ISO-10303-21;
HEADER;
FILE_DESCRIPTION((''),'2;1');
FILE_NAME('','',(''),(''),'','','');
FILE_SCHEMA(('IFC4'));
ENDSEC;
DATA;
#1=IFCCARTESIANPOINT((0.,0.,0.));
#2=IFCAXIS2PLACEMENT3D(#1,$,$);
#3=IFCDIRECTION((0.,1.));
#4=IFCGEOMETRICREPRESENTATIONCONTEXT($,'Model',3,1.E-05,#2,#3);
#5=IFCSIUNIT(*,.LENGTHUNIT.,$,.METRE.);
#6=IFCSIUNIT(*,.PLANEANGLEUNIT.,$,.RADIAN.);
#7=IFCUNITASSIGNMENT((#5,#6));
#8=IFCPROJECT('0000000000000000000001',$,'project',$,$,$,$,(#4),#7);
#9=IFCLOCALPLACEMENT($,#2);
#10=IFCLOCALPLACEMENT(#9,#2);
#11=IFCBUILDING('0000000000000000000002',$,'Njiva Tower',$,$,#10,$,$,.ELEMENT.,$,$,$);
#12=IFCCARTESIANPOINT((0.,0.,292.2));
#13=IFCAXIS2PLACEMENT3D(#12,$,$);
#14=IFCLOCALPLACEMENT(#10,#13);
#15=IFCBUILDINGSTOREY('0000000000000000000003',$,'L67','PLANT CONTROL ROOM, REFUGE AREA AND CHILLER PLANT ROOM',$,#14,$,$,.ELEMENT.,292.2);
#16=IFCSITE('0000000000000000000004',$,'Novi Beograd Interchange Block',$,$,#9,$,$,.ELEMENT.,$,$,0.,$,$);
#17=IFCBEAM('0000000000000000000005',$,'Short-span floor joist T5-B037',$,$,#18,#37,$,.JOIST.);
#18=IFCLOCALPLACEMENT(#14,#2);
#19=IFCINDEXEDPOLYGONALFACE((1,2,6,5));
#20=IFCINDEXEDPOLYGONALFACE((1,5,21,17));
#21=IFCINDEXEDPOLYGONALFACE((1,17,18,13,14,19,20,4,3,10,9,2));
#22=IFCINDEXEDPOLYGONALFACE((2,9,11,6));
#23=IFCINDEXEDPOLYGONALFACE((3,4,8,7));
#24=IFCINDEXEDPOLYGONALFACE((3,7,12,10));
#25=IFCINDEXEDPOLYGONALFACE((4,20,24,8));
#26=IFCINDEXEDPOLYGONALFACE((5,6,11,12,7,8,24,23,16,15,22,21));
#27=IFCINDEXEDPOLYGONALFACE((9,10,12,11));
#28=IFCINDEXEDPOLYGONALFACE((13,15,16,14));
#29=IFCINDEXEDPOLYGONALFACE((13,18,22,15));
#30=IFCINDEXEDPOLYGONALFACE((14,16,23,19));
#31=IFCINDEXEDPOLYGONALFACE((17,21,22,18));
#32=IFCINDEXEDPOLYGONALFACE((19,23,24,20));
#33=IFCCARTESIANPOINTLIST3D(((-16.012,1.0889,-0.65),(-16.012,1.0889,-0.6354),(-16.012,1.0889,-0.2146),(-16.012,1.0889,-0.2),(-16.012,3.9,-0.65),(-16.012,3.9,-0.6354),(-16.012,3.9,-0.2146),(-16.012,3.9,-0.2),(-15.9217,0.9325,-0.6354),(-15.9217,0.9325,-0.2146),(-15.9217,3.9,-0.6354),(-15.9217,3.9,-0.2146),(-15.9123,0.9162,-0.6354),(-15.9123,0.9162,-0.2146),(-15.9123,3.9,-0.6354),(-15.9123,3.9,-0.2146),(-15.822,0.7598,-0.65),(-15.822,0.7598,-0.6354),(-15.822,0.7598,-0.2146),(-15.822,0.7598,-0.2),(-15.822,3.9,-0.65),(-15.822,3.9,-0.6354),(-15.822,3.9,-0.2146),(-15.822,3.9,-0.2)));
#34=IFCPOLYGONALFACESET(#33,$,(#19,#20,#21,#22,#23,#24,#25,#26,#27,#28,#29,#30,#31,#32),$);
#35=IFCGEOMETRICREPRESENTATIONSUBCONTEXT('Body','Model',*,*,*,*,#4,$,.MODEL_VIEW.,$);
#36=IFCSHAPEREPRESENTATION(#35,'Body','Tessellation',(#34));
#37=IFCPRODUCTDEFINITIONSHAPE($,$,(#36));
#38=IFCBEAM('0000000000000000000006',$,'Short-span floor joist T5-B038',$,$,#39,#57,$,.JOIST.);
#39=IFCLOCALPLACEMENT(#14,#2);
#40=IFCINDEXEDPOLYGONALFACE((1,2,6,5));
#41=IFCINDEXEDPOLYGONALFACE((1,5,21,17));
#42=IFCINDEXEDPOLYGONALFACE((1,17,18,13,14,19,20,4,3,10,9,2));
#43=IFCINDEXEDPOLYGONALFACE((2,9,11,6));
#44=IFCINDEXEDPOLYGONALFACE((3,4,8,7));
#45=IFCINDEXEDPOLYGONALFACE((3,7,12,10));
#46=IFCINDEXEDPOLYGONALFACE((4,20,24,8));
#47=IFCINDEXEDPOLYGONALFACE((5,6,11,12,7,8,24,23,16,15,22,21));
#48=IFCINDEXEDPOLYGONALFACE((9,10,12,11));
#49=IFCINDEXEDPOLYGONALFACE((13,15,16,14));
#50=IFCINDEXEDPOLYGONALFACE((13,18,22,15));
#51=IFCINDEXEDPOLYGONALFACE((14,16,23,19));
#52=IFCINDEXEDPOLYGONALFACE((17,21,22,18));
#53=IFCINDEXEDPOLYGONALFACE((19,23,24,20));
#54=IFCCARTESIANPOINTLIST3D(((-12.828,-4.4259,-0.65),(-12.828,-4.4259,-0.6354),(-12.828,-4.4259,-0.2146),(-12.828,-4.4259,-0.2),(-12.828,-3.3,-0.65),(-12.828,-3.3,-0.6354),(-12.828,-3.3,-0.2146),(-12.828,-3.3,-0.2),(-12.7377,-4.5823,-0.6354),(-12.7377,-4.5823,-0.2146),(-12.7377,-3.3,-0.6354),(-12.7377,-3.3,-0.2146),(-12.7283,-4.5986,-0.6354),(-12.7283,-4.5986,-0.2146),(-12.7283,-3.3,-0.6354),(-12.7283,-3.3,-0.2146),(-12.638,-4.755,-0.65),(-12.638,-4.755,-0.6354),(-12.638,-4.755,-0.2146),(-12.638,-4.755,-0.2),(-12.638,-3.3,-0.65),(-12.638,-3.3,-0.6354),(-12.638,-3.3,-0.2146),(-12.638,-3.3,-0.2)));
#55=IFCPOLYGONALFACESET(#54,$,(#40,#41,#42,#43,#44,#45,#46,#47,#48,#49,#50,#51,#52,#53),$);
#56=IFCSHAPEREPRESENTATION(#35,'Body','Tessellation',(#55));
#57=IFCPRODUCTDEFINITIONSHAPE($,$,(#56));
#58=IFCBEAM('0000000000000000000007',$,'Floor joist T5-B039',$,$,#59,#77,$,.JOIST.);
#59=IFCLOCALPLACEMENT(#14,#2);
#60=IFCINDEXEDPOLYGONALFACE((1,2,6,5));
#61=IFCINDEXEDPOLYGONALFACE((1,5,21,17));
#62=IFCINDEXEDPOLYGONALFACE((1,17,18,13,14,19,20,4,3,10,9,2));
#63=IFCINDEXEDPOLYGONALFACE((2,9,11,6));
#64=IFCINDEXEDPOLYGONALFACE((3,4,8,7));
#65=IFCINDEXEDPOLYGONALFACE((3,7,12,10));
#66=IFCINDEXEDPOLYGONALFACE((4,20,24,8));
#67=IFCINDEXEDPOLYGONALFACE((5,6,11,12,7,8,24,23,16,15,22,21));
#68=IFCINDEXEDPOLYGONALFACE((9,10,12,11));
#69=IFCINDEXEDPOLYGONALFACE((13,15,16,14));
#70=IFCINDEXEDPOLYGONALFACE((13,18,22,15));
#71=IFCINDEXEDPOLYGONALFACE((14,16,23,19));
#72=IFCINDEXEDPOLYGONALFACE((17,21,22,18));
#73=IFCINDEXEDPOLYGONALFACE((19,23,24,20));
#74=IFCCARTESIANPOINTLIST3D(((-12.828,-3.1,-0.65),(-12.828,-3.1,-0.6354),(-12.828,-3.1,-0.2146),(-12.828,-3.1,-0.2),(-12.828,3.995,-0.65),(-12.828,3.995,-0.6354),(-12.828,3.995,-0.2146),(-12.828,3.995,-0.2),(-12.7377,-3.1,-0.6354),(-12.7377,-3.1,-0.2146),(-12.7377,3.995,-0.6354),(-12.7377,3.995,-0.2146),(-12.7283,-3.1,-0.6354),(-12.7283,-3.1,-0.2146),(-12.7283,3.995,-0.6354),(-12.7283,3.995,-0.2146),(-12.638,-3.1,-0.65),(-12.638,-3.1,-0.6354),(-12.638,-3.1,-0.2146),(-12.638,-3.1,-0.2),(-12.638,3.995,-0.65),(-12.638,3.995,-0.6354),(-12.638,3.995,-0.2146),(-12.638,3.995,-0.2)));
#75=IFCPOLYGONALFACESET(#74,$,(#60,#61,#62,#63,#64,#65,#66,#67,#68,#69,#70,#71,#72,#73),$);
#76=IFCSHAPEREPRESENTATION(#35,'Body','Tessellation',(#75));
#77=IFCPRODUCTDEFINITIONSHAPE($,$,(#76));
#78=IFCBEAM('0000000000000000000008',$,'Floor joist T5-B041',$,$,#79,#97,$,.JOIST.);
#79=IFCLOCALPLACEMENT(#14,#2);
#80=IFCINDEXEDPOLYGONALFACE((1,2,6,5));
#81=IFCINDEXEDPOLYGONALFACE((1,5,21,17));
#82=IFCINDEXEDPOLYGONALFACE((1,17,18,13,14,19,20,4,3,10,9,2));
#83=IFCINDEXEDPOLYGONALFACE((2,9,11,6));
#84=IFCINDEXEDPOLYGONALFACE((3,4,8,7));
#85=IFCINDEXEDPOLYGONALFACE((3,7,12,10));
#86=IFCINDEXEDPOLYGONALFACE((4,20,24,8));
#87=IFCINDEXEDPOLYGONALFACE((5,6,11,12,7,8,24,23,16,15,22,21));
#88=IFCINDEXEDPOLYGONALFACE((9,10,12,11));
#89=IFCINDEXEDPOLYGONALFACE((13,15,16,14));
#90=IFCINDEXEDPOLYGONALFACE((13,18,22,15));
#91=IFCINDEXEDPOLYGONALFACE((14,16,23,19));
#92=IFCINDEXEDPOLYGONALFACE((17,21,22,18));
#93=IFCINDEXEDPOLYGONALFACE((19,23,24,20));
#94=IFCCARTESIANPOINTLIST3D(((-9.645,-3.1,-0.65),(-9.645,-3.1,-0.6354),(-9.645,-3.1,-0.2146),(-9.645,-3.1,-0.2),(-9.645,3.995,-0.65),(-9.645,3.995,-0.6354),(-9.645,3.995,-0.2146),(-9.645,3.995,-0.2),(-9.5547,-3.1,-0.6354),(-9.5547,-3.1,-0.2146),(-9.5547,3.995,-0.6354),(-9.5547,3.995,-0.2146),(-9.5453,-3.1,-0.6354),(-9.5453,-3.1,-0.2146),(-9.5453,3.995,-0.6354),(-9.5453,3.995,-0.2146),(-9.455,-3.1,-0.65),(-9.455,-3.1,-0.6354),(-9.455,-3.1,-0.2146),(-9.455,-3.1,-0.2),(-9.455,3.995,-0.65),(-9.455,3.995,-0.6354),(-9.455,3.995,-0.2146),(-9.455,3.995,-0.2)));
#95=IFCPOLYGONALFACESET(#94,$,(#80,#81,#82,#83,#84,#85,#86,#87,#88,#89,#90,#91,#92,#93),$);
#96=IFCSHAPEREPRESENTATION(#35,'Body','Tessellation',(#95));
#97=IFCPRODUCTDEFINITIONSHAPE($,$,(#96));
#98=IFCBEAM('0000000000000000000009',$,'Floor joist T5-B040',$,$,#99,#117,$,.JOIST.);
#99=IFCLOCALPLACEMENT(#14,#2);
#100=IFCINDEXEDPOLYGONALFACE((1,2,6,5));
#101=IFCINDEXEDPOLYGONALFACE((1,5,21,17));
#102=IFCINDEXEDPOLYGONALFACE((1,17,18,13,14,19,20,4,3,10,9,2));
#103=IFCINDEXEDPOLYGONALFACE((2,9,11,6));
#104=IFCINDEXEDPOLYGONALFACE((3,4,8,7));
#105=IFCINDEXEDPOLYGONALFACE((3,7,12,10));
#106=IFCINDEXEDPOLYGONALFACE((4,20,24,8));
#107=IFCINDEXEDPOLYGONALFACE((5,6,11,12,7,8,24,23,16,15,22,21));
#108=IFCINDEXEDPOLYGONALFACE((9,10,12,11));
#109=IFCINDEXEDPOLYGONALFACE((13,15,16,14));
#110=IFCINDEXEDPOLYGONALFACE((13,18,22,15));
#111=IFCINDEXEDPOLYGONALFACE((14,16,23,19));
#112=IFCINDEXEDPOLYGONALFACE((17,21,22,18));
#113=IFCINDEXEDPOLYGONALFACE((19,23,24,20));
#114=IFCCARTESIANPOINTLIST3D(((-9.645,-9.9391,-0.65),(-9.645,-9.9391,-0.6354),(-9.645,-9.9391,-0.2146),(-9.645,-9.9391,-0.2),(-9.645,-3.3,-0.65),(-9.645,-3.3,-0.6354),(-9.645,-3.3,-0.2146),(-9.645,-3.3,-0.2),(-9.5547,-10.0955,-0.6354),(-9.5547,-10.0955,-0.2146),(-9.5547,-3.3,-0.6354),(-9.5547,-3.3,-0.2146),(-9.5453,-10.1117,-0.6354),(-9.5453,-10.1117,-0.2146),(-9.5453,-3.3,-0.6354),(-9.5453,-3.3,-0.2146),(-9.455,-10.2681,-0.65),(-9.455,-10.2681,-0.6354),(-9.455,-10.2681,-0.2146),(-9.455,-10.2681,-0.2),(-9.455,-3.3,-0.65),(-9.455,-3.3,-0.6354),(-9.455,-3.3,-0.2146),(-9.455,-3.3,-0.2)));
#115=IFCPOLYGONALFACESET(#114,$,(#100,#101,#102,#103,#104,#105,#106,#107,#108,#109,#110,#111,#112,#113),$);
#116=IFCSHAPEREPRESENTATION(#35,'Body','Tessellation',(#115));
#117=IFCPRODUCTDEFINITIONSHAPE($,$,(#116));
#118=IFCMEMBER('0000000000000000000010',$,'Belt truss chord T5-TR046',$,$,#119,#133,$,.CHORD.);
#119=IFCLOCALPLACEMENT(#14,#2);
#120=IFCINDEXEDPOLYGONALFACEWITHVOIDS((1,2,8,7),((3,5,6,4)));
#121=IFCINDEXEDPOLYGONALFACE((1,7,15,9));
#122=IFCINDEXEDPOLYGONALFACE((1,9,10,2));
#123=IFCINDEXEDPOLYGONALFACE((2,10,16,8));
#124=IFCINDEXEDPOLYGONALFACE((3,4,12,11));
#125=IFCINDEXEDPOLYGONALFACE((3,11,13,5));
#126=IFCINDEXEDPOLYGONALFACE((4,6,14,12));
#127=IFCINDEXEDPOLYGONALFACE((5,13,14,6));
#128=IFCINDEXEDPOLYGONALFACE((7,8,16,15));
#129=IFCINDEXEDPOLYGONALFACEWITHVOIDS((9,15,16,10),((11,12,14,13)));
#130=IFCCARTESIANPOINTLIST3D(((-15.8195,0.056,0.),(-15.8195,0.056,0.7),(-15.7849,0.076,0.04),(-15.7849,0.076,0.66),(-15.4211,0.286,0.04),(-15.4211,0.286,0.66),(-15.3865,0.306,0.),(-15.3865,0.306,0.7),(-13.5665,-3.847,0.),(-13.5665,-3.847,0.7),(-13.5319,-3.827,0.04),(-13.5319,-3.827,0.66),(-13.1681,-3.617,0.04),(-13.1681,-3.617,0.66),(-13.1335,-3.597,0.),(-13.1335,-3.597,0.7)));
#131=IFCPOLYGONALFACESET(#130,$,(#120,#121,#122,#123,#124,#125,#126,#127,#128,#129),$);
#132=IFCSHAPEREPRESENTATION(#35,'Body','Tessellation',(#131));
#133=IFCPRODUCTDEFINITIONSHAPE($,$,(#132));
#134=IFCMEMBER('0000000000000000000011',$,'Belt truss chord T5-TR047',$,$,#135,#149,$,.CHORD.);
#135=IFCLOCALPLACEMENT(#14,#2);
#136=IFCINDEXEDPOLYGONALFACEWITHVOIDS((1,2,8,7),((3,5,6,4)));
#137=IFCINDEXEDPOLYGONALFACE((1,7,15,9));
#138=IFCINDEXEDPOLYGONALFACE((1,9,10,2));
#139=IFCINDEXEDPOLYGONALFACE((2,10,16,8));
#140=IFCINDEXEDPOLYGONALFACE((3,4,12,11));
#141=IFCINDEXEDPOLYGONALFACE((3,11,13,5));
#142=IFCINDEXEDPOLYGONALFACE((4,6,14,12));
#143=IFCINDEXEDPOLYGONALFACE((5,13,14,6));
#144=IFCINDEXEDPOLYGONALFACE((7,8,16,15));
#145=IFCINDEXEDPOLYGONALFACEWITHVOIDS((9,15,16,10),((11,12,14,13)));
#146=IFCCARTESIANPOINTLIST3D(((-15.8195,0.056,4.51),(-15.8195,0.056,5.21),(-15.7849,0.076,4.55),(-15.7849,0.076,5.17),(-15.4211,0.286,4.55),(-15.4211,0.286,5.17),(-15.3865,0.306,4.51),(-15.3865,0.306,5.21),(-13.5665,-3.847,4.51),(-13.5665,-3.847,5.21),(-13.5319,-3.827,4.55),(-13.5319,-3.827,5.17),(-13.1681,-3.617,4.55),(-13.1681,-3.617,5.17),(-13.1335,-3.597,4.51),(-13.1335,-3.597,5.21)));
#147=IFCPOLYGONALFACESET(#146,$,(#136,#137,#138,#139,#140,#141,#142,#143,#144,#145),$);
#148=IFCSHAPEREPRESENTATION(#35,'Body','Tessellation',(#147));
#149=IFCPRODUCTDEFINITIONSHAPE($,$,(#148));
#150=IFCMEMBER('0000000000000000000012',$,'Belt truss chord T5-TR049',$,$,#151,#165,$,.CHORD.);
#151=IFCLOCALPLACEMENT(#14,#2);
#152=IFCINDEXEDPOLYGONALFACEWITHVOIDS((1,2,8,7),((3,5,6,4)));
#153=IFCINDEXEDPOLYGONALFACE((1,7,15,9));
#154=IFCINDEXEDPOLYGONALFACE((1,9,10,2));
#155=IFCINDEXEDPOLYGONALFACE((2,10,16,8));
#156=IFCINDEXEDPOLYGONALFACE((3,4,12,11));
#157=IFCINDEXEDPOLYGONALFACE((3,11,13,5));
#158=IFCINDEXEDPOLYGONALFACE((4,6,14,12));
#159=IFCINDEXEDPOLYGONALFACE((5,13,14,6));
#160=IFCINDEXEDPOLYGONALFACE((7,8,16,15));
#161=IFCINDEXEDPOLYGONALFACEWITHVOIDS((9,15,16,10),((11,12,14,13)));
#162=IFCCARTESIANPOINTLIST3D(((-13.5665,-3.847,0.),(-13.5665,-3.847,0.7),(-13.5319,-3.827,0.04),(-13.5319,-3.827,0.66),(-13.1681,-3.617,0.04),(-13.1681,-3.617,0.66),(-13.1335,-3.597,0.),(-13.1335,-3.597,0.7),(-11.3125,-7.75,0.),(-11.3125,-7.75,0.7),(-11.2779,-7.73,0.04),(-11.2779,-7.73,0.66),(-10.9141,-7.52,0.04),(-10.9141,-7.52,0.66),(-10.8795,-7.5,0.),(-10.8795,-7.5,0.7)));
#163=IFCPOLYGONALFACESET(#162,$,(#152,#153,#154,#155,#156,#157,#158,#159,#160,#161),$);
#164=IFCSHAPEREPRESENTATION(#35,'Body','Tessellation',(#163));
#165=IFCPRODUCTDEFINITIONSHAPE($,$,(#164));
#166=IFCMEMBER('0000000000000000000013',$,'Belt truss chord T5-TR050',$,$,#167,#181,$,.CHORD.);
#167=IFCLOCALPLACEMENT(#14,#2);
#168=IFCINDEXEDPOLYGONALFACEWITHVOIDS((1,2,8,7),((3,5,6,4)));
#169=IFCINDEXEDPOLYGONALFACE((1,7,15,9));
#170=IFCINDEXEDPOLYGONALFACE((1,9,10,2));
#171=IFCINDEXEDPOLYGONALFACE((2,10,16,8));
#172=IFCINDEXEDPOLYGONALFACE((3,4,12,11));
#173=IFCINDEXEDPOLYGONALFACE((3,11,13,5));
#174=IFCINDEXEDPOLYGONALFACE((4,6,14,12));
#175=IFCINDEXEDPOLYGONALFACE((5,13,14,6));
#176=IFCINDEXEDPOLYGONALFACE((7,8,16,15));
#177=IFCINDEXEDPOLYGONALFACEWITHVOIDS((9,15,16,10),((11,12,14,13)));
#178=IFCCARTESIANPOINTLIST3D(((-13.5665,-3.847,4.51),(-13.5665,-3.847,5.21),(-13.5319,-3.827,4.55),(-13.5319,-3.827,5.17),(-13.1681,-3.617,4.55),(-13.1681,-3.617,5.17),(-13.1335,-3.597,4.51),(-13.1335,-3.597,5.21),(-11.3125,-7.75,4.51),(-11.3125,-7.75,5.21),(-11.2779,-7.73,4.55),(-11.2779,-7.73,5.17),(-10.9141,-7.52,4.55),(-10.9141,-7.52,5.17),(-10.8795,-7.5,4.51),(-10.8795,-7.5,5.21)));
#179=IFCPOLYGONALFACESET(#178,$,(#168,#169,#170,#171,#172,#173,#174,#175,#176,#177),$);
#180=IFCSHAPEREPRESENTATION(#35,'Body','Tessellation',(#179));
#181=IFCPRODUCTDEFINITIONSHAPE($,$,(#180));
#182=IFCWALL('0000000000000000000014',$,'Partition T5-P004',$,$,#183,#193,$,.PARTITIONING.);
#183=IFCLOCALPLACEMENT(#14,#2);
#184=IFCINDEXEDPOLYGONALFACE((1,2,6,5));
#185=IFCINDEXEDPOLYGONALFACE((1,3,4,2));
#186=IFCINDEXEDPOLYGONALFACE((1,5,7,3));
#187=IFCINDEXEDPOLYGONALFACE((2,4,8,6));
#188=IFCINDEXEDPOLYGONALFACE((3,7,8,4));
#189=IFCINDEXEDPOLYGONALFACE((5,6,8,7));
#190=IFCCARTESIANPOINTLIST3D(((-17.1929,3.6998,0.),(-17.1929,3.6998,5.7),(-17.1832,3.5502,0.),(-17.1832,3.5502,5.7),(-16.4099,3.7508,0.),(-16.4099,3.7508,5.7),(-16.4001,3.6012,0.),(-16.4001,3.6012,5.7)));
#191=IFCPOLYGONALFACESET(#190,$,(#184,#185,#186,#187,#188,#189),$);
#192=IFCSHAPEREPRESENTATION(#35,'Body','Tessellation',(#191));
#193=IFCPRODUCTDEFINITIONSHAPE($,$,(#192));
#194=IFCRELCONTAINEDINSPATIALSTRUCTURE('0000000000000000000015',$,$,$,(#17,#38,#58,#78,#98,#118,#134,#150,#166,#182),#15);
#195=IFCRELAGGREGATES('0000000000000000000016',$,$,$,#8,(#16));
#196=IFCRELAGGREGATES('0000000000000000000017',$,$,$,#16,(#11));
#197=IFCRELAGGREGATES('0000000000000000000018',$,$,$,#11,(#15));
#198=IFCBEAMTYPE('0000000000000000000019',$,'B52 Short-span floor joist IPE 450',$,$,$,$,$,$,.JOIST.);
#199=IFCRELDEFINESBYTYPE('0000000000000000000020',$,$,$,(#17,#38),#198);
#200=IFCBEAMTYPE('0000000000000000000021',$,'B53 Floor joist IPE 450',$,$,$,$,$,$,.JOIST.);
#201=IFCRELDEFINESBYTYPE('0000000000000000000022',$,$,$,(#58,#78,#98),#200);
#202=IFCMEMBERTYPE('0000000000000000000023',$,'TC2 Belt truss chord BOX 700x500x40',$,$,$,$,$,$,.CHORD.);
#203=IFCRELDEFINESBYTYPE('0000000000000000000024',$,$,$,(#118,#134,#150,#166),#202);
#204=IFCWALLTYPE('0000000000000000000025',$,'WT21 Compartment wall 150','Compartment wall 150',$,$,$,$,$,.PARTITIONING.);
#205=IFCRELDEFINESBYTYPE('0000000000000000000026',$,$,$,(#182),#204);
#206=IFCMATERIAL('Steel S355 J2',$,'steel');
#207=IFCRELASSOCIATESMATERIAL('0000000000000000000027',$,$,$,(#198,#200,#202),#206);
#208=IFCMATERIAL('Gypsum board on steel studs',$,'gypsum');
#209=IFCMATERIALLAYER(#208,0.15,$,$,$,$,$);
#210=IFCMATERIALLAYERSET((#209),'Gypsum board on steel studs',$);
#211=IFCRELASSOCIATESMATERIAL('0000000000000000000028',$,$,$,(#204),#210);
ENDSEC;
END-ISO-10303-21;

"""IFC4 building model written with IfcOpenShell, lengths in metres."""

from ifc_helpers import new_model, si_unit, direction, frame, frame_2d, origin, origin_2d, place, context, subcontext, project, spatial, rectangle, hollow_rectangle, i_section, extrude, clip, halfspace, material, layer, layer_set, material_profile, profile_set, type_object, element, save


model = new_model("IFC4")

# Units and contexts
model_context = context("Model", 3, precision=1e-05, world=origin(), true_north=direction((0.0, 1.0)))
body_context = subcontext(model_context, "Body", "Model", "MODEL_VIEW")
ifc_project = project(units=[si_unit("LENGTHUNIT", "METRE"), si_unit("PLANEANGLEUNIT", "RADIAN")], contexts=[model_context])

# Site, building, storey
site_placement = place(None, origin())
site = spatial("IfcSite", under=ifc_project, at=site_placement, Name="Novi Beograd Interchange Block", CompositionType="ELEMENT", RefElevation=0.0)
building_placement = place(site_placement, origin())
building = spatial("IfcBuilding", under=site, at=building_placement, Name="Njiva Tower", CompositionType="ELEMENT")
storey_placement = place(building_placement, frame((0.0, 0.0, 292.2)))
storey = spatial("IfcBuildingStorey", under=building, at=storey_placement, Name="L67", Description="PLANT CONTROL ROOM, REFUGE AREA AND CHILLER PLANT ROOM", CompositionType="ELEMENT", Elevation=292.2)

# Shared definitions
ifc_material_1 = material(Name="Steel S355 J2", Category="steel")

# Beams
ifc_material_profile_1 = material_profile(ifc_material_1, i_section(OverallWidth=0.19, OverallDepth=0.45, WebThickness=0.0094, FlangeThickness=0.0146, at=origin_2d()), Name="IPE 450")
ifc_profile_set_1 = profile_set([ifc_material_profile_1], Name="Steel S355 J2")
beam_type_1 = type_object("IfcBeamType", Name="B52 Short-span floor joist IPE 450", PredefinedType="JOIST", material=ifc_profile_set_1)
beam_1_placement = place(storey_placement, frame((-15.917, 3.9, -0.425), z_axis=(0.0, -1.0, 0.0), x_axis=(1.0, 0.0, 0.0)))
element("IfcBeam", 1, at=beam_1_placement, inside=storey, type_object=beam_type_1, Name="Short-span floor joist T5-B037", PredefinedType="JOIST", context=body_context, shape_type="Clipping", body=[
    clip(extrude(i_section(OverallWidth=0.19, OverallDepth=0.45, WebThickness=0.0094, FlangeThickness=0.0146, at=origin_2d()), origin(), (0.0, 0.0, 1.0), 3.161), halfspace(frame((-0.043, 0.0, 2.9012), z_axis=(-0.866027, 0.0, 0.499998), x_axis=(0.0, 1.0, 0.0)), False)),
])
beam_2_placement = place(storey_placement, frame((-12.733, -3.3, -0.425), z_axis=(0.0, -1.0, 0.0), x_axis=(1.0, 0.0, 0.0)))
element("IfcBeam", 2, at=beam_2_placement, inside=storey, type_object=beam_type_1, Name="Short-span floor joist T5-B038", PredefinedType="JOIST", context=body_context, shape_type="Clipping", body=[
    clip(extrude(i_section(OverallWidth=0.19, OverallDepth=0.45, WebThickness=0.0094, FlangeThickness=0.0146, at=origin_2d()), origin(), (0.0, 0.0, 1.0), 1.475), halfspace(frame((-0.0436, 0.0, 1.2149), z_axis=(-0.866027, 0.0, 0.499998), x_axis=(0.0, 1.0, 0.0)), False)),
])
ifc_material_profile_2 = material_profile(ifc_material_1, i_section(OverallWidth=0.19, OverallDepth=0.45, WebThickness=0.0094, FlangeThickness=0.0146, at=origin_2d()), Name="IPE 450")
ifc_profile_set_2 = profile_set([ifc_material_profile_2], Name="Steel S355 J2")
beam_type_2 = type_object("IfcBeamType", Name="B53 Floor joist IPE 450", PredefinedType="JOIST", material=ifc_profile_set_2)
for number, where, z_axis, x_axis, name in (
    (3, (-12.733, 3.995, -0.425), (0.0, -1.0, 0.0), (1.0, 0.0, 0.0), "Floor joist T5-B039"),
    (4, (-9.55, 3.995, -0.425), (0.0, -1.0, 0.0), (1.0, 0.0, 0.0), "Floor joist T5-B041"),
):
    element("IfcBeam", number, at=place(storey_placement, frame(where, z_axis=z_axis, x_axis=x_axis)), inside=storey, type_object=beam_type_2, Name=name, PredefinedType="JOIST", context=body_context, shape_type="SweptSolid", body=[
        extrude(i_section(OverallWidth=0.19, OverallDepth=0.45, WebThickness=0.0094, FlangeThickness=0.0146, at=origin_2d()), origin(), (0.0, 0.0, 1.0), 7.095),
    ])
beam_3_placement = place(storey_placement, frame((-9.55, -3.3, -0.425), z_axis=(0.0, -1.0, 0.0), x_axis=(1.0, 0.0, 0.0)))
element("IfcBeam", 5, at=beam_3_placement, inside=storey, type_object=beam_type_2, Name="Floor joist T5-B040", PredefinedType="JOIST", context=body_context, shape_type="Clipping", body=[
    clip(extrude(i_section(OverallWidth=0.19, OverallDepth=0.45, WebThickness=0.0094, FlangeThickness=0.0146, at=origin_2d()), origin(), (0.0, 0.0, 1.0), 6.989), halfspace(frame((-0.0433, 0.0, 6.7286), z_axis=(-0.866027, 0.0, 0.499998), x_axis=(0.0, 1.0, 0.0)), False)),
])

# Members
ifc_material_profile_3 = material_profile(ifc_material_1, hollow_rectangle(XDim=0.5, YDim=0.7, WallThickness=0.04, at=origin_2d()), Name="BOX 700x500x40")
ifc_profile_set_3 = profile_set([ifc_material_profile_3], Name="Steel S355 J2")
member_type_1 = type_object("IfcMemberType", Name="TC2 Belt truss chord BOX 700x500x40", PredefinedType="CHORD", material=ifc_profile_set_3)
for number, where, z_axis, x_axis, name in (
    (6, (-15.603, 0.181, 0.35), (0.499934, -0.866064, 0.0), (0.866064, 0.499934, 0.0), "Belt truss chord T5-TR046"),
    (7, (-15.603, 0.181, 4.86), (0.499934, -0.866064, 0.0), (0.866064, 0.499934, 0.0), "Belt truss chord T5-TR047"),
):
    element("IfcMember", number, at=place(storey_placement, frame(where, z_axis=z_axis, x_axis=x_axis)), inside=storey, type_object=member_type_1, Name=name, PredefinedType="CHORD", context=body_context, shape_type="SweptSolid", body=[
        extrude(hollow_rectangle(XDim=0.5, YDim=0.7, WallThickness=0.04, at=origin_2d()), origin(), (0.0, 0.0, 1.0), 4.5066),
    ])
for number, where, z_axis, x_axis, name in (
    (8, (-13.35, -3.722, 0.35), (0.5001, -0.865968, 0.0), (0.865968, 0.5001, 0.0), "Belt truss chord T5-TR049"),
    (9, (-13.35, -3.722, 4.86), (0.5001, -0.865968, 0.0), (0.865968, 0.5001, 0.0), "Belt truss chord T5-TR050"),
):
    element("IfcMember", number, at=place(storey_placement, frame(where, z_axis=z_axis, x_axis=x_axis)), inside=storey, type_object=member_type_1, Name=name, PredefinedType="CHORD", context=body_context, shape_type="SweptSolid", body=[
        extrude(hollow_rectangle(XDim=0.5, YDim=0.7, WallThickness=0.04, at=origin_2d()), origin(), (0.0, 0.0, 1.0), 4.5071),
    ])

# Wall
ifc_material_2 = material(Name="Gypsum board on steel studs", Category="gypsum")
ifc_layer_1 = layer(ifc_material_2, 0.15)
ifc_layer_set_1 = layer_set([ifc_layer_1], Name="Gypsum board on steel studs")
wall_type_1 = type_object("IfcWallType", Name="WT21 Compartment wall 150", Description="Compartment wall 150", PredefinedType="PARTITIONING", material=ifc_layer_set_1)
wall_1_placement = place(storey_placement, frame((-17.188, 3.625, 0.0), z_axis=(0.0, 0.0, 1.0), x_axis=(0.997886, 0.064996, 0.0)))
element("IfcWall", 10, at=wall_1_placement, inside=storey, type_object=wall_type_1, Name="Partition T5-P004", PredefinedType="PARTITIONING", context=body_context, shape_type="SweptSolid", body=[
    extrude(rectangle(XDim=0.7847, YDim=0.15, at=frame_2d((0.3923, 0.0))), origin(), (0.0, 0.0, 1.0), 5.7),
])

save(model, "model.ifc")
